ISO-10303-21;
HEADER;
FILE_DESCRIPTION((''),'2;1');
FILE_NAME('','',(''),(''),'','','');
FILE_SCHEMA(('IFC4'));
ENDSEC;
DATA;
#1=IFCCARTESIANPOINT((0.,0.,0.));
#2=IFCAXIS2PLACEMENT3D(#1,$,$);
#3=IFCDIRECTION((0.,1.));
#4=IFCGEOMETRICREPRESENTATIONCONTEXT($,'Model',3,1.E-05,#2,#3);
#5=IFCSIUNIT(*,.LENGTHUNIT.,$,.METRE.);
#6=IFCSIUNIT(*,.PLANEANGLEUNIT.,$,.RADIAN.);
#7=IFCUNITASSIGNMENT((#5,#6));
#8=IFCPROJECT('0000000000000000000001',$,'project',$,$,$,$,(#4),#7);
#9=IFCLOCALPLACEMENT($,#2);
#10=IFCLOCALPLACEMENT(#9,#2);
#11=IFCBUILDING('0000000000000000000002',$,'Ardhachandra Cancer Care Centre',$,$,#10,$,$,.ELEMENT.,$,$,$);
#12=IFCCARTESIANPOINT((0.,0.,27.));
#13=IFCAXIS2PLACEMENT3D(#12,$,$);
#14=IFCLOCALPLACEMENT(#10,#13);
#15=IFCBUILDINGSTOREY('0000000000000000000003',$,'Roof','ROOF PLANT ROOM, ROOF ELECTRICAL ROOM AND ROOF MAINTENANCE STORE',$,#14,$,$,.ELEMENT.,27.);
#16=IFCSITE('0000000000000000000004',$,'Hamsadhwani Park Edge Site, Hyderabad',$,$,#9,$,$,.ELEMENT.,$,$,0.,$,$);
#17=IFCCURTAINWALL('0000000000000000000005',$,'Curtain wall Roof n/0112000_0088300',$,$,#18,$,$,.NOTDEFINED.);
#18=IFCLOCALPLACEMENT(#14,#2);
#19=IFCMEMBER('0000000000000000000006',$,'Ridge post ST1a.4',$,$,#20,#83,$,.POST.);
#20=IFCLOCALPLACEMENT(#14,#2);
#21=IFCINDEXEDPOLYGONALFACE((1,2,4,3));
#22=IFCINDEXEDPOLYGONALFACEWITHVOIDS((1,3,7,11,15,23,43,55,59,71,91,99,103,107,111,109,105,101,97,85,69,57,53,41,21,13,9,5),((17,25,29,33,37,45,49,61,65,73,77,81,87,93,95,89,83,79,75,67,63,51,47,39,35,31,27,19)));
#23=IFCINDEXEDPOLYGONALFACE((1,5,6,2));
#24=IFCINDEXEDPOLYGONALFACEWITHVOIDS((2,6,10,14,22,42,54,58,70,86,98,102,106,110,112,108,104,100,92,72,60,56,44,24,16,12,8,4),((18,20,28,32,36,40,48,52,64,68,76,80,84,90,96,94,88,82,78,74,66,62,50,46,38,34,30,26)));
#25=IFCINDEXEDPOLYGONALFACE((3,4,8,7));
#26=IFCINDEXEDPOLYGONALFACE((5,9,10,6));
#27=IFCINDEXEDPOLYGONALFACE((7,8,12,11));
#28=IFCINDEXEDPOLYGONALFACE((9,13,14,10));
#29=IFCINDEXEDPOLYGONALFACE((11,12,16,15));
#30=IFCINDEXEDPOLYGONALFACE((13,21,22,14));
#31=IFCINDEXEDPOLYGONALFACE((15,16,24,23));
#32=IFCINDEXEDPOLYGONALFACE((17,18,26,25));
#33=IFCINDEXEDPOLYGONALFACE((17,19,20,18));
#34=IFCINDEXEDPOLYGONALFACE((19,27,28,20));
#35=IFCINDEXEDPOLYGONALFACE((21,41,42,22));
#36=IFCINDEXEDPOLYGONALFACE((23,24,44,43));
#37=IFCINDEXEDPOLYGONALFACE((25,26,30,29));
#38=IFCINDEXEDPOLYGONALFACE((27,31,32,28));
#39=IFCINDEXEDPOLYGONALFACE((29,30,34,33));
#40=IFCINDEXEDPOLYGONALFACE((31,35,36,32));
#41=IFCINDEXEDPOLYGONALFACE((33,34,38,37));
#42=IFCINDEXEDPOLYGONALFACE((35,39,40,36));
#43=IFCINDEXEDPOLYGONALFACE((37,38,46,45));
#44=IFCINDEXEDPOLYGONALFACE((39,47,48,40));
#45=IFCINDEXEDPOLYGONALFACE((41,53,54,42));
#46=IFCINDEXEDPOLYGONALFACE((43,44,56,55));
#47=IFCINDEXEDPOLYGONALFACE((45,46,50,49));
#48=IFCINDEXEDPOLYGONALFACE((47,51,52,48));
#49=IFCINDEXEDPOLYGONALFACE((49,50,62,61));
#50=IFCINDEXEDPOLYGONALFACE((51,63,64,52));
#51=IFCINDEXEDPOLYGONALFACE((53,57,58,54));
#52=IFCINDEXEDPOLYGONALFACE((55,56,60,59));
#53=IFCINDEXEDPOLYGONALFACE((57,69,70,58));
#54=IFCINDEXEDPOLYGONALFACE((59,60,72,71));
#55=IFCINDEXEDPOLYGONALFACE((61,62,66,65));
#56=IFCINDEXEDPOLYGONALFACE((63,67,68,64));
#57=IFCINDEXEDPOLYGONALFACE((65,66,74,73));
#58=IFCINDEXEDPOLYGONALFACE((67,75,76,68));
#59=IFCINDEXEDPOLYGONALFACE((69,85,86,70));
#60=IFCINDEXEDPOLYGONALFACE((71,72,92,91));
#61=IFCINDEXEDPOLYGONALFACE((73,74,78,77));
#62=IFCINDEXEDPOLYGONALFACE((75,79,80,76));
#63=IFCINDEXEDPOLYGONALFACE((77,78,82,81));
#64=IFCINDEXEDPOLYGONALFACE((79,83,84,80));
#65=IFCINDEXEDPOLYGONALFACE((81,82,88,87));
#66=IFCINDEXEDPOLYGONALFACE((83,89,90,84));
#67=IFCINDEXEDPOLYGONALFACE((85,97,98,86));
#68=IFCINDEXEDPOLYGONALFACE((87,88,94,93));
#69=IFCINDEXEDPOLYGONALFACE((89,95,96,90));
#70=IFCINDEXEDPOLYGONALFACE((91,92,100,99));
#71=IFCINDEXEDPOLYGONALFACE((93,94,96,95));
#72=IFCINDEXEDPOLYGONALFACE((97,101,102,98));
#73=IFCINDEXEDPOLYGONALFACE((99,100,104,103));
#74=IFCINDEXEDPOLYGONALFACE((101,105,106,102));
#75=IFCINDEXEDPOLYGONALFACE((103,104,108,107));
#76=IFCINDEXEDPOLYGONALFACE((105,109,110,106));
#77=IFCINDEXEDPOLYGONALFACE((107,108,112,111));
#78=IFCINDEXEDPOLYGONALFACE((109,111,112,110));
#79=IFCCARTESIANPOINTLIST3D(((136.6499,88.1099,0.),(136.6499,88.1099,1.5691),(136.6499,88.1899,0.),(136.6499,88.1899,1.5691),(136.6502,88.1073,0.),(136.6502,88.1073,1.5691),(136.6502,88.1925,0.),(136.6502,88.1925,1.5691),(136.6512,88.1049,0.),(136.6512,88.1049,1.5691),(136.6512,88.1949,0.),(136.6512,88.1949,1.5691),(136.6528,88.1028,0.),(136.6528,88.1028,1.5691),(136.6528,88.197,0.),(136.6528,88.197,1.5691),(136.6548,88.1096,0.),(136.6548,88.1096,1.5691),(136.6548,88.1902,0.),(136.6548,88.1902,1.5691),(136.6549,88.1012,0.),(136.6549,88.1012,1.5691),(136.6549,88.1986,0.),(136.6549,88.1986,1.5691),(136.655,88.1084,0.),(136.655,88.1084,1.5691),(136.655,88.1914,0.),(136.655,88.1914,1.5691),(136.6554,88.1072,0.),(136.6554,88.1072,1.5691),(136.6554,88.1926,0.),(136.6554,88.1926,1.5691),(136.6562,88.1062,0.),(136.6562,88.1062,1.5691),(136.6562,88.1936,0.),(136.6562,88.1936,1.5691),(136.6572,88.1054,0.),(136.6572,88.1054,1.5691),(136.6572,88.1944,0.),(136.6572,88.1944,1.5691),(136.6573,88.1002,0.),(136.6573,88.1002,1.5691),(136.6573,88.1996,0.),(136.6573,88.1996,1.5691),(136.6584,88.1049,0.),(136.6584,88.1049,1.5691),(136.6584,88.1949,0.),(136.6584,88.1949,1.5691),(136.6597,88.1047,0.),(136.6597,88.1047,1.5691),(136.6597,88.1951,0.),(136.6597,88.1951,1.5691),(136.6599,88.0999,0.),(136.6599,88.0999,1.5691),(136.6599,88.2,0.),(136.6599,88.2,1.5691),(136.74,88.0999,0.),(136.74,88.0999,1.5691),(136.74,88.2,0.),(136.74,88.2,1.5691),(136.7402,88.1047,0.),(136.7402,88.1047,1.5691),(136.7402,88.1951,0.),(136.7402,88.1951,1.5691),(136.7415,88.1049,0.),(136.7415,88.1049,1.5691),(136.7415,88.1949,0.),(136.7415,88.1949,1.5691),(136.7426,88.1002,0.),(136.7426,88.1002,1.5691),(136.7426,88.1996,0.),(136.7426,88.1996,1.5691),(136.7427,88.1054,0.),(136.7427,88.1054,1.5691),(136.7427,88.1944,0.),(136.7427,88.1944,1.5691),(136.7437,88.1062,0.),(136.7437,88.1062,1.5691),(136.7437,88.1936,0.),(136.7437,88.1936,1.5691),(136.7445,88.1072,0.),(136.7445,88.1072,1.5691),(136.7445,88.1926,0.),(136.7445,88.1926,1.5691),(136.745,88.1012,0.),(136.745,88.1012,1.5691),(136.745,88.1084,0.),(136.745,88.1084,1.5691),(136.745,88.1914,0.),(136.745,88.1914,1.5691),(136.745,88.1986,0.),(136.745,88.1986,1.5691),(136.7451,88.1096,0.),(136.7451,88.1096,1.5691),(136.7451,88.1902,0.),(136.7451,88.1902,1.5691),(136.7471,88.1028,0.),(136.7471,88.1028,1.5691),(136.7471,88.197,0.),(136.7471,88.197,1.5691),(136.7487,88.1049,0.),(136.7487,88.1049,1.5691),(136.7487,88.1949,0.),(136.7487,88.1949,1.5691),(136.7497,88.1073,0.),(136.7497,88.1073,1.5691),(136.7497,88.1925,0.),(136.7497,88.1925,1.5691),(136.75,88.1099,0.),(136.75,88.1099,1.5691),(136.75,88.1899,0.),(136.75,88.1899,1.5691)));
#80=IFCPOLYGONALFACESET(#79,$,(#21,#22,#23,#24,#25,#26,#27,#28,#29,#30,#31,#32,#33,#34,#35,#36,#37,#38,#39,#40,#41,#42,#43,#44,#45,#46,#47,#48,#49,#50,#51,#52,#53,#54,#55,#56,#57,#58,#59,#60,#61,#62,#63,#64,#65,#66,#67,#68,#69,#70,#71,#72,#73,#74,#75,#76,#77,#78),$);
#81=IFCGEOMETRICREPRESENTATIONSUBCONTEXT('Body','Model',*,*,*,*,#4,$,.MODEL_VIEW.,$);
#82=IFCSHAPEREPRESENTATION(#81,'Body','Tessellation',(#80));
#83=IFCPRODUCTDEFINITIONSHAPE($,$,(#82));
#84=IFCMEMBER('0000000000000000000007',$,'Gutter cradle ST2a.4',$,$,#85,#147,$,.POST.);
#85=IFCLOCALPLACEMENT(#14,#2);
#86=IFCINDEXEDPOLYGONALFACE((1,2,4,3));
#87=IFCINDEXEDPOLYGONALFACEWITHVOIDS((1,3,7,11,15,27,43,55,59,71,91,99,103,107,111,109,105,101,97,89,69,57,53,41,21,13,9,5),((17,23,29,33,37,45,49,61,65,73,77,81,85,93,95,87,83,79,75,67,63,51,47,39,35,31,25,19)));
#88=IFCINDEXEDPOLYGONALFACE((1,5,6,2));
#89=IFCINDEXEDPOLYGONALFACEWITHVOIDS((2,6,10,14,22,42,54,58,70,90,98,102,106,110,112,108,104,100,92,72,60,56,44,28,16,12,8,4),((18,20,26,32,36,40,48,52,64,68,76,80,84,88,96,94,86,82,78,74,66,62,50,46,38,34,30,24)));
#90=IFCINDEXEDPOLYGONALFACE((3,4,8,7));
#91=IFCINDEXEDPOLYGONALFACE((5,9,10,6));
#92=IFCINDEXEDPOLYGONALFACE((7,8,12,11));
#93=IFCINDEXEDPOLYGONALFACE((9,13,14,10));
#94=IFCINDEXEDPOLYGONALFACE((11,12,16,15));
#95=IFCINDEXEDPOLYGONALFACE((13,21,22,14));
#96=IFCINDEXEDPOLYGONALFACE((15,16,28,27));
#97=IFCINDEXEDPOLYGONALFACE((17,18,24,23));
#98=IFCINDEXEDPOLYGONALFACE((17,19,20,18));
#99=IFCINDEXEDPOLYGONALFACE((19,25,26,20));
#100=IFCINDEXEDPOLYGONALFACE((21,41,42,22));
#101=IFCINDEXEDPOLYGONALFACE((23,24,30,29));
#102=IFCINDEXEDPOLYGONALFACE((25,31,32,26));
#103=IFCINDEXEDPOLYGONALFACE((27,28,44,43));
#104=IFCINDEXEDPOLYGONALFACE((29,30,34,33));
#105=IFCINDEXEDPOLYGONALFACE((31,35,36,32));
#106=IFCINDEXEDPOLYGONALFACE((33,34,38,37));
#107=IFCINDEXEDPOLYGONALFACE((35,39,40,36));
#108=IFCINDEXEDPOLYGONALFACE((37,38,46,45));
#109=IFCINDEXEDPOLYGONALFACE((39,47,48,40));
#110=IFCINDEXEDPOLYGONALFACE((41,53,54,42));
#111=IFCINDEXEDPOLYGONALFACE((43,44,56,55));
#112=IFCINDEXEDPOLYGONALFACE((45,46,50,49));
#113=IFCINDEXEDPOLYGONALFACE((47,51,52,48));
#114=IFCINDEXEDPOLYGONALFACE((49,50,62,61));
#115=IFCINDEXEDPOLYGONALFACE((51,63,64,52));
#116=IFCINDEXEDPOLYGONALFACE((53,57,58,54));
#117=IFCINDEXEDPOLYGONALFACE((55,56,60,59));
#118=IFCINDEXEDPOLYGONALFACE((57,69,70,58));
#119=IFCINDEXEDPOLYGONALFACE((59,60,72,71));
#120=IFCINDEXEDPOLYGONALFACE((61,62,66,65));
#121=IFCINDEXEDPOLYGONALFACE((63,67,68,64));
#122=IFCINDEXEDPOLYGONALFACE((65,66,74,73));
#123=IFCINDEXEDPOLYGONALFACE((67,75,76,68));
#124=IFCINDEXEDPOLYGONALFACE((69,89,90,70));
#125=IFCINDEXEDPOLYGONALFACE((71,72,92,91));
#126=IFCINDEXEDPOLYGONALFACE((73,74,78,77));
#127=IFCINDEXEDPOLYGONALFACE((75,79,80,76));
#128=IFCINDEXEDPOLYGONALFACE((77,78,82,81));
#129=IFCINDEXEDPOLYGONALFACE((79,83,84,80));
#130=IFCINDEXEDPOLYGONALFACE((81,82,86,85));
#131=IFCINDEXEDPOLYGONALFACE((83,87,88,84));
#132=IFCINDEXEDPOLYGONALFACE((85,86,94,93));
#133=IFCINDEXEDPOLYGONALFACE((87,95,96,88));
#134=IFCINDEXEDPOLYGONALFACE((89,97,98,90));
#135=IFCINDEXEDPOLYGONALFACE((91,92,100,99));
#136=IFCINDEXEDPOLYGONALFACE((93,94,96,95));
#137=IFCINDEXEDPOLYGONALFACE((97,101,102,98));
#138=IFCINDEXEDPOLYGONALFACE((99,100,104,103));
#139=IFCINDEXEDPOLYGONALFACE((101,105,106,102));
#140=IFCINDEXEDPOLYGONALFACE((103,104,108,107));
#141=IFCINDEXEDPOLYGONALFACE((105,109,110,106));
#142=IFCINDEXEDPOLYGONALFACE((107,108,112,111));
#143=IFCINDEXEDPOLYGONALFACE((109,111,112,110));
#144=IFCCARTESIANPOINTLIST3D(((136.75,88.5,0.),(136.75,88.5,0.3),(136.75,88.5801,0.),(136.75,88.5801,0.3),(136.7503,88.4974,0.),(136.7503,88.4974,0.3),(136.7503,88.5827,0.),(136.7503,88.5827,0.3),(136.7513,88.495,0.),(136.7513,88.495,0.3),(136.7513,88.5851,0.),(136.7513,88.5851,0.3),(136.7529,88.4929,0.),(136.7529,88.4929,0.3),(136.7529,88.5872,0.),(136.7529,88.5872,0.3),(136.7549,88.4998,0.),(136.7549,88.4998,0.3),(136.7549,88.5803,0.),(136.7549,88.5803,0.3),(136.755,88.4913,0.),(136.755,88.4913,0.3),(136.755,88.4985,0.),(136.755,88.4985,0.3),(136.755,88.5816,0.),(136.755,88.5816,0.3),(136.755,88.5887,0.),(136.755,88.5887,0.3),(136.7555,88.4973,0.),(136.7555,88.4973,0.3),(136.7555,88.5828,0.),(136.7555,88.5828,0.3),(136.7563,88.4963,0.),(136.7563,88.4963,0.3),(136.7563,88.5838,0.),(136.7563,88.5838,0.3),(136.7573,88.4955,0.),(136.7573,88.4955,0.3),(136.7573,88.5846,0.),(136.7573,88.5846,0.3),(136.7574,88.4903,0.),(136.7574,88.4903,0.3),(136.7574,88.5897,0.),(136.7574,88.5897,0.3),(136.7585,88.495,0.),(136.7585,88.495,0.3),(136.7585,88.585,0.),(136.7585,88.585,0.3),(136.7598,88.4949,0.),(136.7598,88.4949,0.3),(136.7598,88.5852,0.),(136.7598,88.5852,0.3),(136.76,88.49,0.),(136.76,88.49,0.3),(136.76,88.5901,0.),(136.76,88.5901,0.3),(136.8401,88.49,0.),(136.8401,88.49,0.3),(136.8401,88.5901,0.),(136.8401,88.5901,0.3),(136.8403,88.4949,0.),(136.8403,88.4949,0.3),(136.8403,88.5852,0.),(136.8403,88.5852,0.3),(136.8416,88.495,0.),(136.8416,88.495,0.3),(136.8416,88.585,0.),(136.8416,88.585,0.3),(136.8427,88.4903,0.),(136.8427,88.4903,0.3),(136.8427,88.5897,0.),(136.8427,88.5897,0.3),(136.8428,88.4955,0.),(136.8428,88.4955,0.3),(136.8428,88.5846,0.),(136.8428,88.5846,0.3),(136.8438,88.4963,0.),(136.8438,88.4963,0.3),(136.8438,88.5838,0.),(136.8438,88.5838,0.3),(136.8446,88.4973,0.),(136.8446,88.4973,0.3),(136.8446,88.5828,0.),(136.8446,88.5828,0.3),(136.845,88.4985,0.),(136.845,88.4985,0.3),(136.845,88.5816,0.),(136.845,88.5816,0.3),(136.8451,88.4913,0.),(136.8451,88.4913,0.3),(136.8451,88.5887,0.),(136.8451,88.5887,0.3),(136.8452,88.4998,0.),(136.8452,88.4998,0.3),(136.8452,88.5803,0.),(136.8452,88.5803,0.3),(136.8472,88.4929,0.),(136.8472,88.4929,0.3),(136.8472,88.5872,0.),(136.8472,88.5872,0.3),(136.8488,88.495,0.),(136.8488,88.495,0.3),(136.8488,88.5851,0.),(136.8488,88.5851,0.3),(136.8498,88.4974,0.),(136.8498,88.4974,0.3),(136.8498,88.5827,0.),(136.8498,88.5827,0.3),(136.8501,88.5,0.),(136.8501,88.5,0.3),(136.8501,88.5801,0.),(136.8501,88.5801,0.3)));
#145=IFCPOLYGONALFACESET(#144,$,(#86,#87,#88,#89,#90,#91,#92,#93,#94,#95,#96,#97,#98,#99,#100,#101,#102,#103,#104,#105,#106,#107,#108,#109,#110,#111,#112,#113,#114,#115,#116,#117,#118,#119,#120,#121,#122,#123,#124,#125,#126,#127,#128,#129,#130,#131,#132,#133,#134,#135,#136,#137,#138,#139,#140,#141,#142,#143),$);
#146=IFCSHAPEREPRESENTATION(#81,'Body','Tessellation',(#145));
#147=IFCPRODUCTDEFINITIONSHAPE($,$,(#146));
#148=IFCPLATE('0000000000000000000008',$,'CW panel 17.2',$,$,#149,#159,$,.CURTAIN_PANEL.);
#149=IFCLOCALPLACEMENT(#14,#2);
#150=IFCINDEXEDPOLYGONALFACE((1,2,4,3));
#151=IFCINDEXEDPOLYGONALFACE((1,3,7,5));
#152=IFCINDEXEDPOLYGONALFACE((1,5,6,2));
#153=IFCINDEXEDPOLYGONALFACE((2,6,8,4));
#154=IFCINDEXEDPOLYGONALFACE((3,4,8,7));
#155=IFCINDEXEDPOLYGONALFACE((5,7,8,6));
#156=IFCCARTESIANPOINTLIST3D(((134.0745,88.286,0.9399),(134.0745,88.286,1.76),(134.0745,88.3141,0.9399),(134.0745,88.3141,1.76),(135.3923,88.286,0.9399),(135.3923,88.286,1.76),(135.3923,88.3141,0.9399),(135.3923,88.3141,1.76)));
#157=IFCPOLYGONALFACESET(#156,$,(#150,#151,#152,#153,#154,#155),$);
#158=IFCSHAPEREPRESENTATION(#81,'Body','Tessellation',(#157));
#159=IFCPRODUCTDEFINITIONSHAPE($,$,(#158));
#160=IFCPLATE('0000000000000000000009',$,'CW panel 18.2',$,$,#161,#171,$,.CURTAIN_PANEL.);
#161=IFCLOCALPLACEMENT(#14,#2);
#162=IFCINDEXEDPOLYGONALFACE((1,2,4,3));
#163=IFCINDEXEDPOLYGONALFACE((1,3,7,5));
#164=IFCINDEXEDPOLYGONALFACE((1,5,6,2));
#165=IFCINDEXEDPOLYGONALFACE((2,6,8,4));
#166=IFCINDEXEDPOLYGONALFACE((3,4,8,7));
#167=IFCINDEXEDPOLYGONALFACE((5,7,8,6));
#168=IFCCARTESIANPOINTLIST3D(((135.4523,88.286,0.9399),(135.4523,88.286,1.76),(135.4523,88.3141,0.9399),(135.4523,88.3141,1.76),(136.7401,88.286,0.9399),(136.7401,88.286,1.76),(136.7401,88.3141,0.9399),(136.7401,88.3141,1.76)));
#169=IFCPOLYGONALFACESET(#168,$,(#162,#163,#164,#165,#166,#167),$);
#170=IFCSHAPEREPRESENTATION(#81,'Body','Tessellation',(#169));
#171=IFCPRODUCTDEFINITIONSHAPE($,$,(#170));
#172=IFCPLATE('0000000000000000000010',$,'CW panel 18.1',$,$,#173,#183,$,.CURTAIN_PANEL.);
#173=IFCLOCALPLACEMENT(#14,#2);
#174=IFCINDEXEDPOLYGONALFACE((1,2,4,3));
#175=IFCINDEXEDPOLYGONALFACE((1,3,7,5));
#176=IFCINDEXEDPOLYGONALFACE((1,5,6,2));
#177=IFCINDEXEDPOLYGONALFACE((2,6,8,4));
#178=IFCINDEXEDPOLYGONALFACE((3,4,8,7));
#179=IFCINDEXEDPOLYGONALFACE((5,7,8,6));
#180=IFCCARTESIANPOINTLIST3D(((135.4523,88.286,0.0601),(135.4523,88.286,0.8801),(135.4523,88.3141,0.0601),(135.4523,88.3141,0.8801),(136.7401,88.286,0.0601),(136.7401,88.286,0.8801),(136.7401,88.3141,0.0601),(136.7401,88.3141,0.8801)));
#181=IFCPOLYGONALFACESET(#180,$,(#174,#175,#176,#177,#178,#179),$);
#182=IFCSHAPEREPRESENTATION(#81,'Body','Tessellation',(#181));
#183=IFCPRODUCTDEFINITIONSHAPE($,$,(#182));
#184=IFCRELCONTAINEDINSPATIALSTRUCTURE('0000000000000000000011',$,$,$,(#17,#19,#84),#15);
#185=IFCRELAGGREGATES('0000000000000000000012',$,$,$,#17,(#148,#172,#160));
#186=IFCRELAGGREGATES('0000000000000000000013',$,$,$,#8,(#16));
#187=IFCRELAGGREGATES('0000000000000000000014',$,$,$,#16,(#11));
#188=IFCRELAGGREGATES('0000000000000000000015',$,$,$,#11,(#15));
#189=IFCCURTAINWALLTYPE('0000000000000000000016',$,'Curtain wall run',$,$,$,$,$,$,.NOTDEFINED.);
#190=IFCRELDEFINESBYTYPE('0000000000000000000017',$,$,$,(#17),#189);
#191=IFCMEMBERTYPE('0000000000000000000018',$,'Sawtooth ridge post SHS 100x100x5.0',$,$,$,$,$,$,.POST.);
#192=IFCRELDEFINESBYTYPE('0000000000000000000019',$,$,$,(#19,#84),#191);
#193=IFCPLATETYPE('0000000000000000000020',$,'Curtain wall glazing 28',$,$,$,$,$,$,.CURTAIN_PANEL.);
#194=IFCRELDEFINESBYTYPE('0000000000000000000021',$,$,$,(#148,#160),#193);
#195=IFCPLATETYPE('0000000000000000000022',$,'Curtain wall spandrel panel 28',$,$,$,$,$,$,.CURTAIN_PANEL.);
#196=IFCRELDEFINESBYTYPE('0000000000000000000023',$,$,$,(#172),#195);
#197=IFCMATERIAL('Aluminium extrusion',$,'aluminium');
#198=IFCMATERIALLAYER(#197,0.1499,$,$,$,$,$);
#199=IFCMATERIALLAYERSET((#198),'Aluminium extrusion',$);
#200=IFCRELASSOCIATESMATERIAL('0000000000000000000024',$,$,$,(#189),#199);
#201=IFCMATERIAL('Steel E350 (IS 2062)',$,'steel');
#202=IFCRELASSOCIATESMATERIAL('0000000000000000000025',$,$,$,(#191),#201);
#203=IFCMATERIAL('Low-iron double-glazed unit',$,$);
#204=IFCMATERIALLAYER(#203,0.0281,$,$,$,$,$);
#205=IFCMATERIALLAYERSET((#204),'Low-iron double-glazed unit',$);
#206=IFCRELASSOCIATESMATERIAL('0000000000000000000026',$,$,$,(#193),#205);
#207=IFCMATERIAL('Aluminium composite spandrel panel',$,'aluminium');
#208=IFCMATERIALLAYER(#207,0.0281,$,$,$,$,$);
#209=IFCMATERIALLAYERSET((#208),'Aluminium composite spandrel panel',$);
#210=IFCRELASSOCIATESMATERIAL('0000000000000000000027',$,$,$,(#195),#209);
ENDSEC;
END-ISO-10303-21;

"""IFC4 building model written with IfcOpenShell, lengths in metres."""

from ifc_helpers import new_model, si_unit, direction, frame, origin, origin_2d, place, context, subcontext, project, spatial, rectangle, hollow_rectangle, extrude, material, layer, layer_set, material_profile, profile_set, type_object, element, aggregate, save


model = new_model("IFC4")

# Units and contexts
model_context = context("Model", 3, precision=1e-05, world=origin(), true_north=direction((0.0, 1.0)))
body_context = subcontext(model_context, "Body", "Model", "MODEL_VIEW")
ifc_project = project(units=[si_unit("LENGTHUNIT", "METRE"), si_unit("PLANEANGLEUNIT", "RADIAN")], contexts=[model_context])

# Site, building, storey
site_placement = place(None, origin())
site = spatial("IfcSite", under=ifc_project, at=site_placement, Name="Hamsadhwani Park Edge Site, Hyderabad", CompositionType="ELEMENT", RefElevation=0.0)
building_placement = place(site_placement, origin())
building = spatial("IfcBuilding", under=site, at=building_placement, Name="Ardhachandra Cancer Care Centre", CompositionType="ELEMENT")
storey_placement = place(building_placement, frame((0.0, 0.0, 27.0)))
storey = spatial("IfcBuildingStorey", under=building, at=storey_placement, Name="Roof", Description="ROOF PLANT ROOM, ROOF ELECTRICAL ROOM AND ROOF MAINTENANCE STORE", CompositionType="ELEMENT", Elevation=27.0)

# Curtain wall
ifc_material_1 = material(Name="Aluminium extrusion", Category="aluminium")
ifc_layer_1 = layer(ifc_material_1, 0.1499)
ifc_layer_set_1 = layer_set([ifc_layer_1], Name="Aluminium extrusion")
curtain_wall_type = type_object("IfcCurtainWallType", Name="Curtain wall run", PredefinedType="NOTDEFINED", material=ifc_layer_set_1)
curtain_wall_placement = place(storey_placement, origin())
curtain_wall = element("IfcCurtainWall", 1, at=curtain_wall_placement, inside=storey, type_object=curtain_wall_type, Name="Curtain wall Roof n/0112000_0088300", PredefinedType="NOTDEFINED")

# Members
ifc_material_2 = material(Name="Steel E350 (IS 2062)", Category="steel")
ifc_material_profile_1 = material_profile(ifc_material_2, hollow_rectangle(XDim=0.1001, YDim=0.1001, WallThickness=0.0049, InnerFilletRadius=0.0049, OuterFilletRadius=0.01, at=origin_2d()), Name="SHS 100x100x5.0")
ifc_profile_set_1 = profile_set([ifc_material_profile_1], Name="Steel E350 (IS 2062)")
member_type_1 = type_object("IfcMemberType", Name="Sawtooth ridge post SHS 100x100x5.0", PredefinedType="POST", material=ifc_profile_set_1)
member_1_placement = place(storey_placement, frame((136.7, 88.1499, 0.0), z_axis=(0.0, 0.0, 1.0), x_axis=(1.0, 0.0, 0.0)))
element("IfcMember", 2, at=member_1_placement, inside=storey, type_object=member_type_1, Name="Ridge post ST1a.4", PredefinedType="POST", context=body_context, shape_type="SweptSolid", body=[
    extrude(hollow_rectangle(XDim=0.1001, YDim=0.1001, WallThickness=0.0049, InnerFilletRadius=0.0049, OuterFilletRadius=0.01, at=origin_2d()), origin(), (0.0, 0.0, 1.0), 1.5691),
])
member_2_placement = place(storey_placement, frame((136.8, 88.54, 0.0), z_axis=(0.0, 0.0, 1.0), x_axis=(1.0, 0.0, 0.0)))
element("IfcMember", 3, at=member_2_placement, inside=storey, type_object=member_type_1, Name="Gutter cradle ST2a.4", PredefinedType="POST", context=body_context, shape_type="SweptSolid", body=[
    extrude(hollow_rectangle(XDim=0.1001, YDim=0.1001, WallThickness=0.0049, InnerFilletRadius=0.0049, OuterFilletRadius=0.01, at=origin_2d()), origin(), (0.0, 0.0, 1.0), 0.3),
])

# Plates
ifc_material_3 = material(Name="Low-iron double-glazed unit")
ifc_layer_2 = layer(ifc_material_3, 0.0281)
ifc_layer_set_2 = layer_set([ifc_layer_2], Name="Low-iron double-glazed unit")
plate_type_1 = type_object("IfcPlateType", Name="Curtain wall glazing 28", PredefinedType="CURTAIN_PANEL", material=ifc_layer_set_2)
plate_1_placement = place(storey_placement, frame((134.7334, 88.3, 0.9399), z_axis=(0.0, 0.0, 1.0), x_axis=(1.0, 0.0, 0.0)))
plate_1 = element("IfcPlate", 4, at=plate_1_placement, type_object=plate_type_1, Name="CW panel 17.2", PredefinedType="CURTAIN_PANEL", context=body_context, shape_type="SweptSolid", body=[
    extrude(rectangle(XDim=1.3179, YDim=0.0281, at=origin_2d()), origin(), (0.0, 0.0, 1.0), 0.8201),
])
plate_2_placement = place(storey_placement, frame((136.0962, 88.3, 0.9399), z_axis=(0.0, 0.0, 1.0), x_axis=(1.0, 0.0, 0.0)))
plate_2 = element("IfcPlate", 5, at=plate_2_placement, type_object=plate_type_1, Name="CW panel 18.2", PredefinedType="CURTAIN_PANEL", context=body_context, shape_type="SweptSolid", body=[
    extrude(rectangle(XDim=1.2878, YDim=0.0281, at=origin_2d()), origin(), (0.0, 0.0, 1.0), 0.8201),
])
ifc_material_4 = material(Name="Aluminium composite spandrel panel", Category="aluminium")
ifc_layer_3 = layer(ifc_material_4, 0.0281)
ifc_layer_set_3 = layer_set([ifc_layer_3], Name="Aluminium composite spandrel panel")
plate_type_2 = type_object("IfcPlateType", Name="Curtain wall spandrel panel 28", PredefinedType="CURTAIN_PANEL", material=ifc_layer_set_3)
plate_3_placement = place(storey_placement, frame((136.0962, 88.3, 0.0601), z_axis=(0.0, 0.0, 1.0), x_axis=(1.0, 0.0, 0.0)))
plate_3 = element("IfcPlate", 6, at=plate_3_placement, type_object=plate_type_2, Name="CW panel 18.1", PredefinedType="CURTAIN_PANEL", context=body_context, shape_type="SweptSolid", body=[
    extrude(rectangle(XDim=1.2878, YDim=0.0281, at=origin_2d()), origin(), (0.0, 0.0, 1.0), 0.8201),
])
aggregate(curtain_wall, [plate_1, plate_3, plate_2])

save(model, "model.ifc")
